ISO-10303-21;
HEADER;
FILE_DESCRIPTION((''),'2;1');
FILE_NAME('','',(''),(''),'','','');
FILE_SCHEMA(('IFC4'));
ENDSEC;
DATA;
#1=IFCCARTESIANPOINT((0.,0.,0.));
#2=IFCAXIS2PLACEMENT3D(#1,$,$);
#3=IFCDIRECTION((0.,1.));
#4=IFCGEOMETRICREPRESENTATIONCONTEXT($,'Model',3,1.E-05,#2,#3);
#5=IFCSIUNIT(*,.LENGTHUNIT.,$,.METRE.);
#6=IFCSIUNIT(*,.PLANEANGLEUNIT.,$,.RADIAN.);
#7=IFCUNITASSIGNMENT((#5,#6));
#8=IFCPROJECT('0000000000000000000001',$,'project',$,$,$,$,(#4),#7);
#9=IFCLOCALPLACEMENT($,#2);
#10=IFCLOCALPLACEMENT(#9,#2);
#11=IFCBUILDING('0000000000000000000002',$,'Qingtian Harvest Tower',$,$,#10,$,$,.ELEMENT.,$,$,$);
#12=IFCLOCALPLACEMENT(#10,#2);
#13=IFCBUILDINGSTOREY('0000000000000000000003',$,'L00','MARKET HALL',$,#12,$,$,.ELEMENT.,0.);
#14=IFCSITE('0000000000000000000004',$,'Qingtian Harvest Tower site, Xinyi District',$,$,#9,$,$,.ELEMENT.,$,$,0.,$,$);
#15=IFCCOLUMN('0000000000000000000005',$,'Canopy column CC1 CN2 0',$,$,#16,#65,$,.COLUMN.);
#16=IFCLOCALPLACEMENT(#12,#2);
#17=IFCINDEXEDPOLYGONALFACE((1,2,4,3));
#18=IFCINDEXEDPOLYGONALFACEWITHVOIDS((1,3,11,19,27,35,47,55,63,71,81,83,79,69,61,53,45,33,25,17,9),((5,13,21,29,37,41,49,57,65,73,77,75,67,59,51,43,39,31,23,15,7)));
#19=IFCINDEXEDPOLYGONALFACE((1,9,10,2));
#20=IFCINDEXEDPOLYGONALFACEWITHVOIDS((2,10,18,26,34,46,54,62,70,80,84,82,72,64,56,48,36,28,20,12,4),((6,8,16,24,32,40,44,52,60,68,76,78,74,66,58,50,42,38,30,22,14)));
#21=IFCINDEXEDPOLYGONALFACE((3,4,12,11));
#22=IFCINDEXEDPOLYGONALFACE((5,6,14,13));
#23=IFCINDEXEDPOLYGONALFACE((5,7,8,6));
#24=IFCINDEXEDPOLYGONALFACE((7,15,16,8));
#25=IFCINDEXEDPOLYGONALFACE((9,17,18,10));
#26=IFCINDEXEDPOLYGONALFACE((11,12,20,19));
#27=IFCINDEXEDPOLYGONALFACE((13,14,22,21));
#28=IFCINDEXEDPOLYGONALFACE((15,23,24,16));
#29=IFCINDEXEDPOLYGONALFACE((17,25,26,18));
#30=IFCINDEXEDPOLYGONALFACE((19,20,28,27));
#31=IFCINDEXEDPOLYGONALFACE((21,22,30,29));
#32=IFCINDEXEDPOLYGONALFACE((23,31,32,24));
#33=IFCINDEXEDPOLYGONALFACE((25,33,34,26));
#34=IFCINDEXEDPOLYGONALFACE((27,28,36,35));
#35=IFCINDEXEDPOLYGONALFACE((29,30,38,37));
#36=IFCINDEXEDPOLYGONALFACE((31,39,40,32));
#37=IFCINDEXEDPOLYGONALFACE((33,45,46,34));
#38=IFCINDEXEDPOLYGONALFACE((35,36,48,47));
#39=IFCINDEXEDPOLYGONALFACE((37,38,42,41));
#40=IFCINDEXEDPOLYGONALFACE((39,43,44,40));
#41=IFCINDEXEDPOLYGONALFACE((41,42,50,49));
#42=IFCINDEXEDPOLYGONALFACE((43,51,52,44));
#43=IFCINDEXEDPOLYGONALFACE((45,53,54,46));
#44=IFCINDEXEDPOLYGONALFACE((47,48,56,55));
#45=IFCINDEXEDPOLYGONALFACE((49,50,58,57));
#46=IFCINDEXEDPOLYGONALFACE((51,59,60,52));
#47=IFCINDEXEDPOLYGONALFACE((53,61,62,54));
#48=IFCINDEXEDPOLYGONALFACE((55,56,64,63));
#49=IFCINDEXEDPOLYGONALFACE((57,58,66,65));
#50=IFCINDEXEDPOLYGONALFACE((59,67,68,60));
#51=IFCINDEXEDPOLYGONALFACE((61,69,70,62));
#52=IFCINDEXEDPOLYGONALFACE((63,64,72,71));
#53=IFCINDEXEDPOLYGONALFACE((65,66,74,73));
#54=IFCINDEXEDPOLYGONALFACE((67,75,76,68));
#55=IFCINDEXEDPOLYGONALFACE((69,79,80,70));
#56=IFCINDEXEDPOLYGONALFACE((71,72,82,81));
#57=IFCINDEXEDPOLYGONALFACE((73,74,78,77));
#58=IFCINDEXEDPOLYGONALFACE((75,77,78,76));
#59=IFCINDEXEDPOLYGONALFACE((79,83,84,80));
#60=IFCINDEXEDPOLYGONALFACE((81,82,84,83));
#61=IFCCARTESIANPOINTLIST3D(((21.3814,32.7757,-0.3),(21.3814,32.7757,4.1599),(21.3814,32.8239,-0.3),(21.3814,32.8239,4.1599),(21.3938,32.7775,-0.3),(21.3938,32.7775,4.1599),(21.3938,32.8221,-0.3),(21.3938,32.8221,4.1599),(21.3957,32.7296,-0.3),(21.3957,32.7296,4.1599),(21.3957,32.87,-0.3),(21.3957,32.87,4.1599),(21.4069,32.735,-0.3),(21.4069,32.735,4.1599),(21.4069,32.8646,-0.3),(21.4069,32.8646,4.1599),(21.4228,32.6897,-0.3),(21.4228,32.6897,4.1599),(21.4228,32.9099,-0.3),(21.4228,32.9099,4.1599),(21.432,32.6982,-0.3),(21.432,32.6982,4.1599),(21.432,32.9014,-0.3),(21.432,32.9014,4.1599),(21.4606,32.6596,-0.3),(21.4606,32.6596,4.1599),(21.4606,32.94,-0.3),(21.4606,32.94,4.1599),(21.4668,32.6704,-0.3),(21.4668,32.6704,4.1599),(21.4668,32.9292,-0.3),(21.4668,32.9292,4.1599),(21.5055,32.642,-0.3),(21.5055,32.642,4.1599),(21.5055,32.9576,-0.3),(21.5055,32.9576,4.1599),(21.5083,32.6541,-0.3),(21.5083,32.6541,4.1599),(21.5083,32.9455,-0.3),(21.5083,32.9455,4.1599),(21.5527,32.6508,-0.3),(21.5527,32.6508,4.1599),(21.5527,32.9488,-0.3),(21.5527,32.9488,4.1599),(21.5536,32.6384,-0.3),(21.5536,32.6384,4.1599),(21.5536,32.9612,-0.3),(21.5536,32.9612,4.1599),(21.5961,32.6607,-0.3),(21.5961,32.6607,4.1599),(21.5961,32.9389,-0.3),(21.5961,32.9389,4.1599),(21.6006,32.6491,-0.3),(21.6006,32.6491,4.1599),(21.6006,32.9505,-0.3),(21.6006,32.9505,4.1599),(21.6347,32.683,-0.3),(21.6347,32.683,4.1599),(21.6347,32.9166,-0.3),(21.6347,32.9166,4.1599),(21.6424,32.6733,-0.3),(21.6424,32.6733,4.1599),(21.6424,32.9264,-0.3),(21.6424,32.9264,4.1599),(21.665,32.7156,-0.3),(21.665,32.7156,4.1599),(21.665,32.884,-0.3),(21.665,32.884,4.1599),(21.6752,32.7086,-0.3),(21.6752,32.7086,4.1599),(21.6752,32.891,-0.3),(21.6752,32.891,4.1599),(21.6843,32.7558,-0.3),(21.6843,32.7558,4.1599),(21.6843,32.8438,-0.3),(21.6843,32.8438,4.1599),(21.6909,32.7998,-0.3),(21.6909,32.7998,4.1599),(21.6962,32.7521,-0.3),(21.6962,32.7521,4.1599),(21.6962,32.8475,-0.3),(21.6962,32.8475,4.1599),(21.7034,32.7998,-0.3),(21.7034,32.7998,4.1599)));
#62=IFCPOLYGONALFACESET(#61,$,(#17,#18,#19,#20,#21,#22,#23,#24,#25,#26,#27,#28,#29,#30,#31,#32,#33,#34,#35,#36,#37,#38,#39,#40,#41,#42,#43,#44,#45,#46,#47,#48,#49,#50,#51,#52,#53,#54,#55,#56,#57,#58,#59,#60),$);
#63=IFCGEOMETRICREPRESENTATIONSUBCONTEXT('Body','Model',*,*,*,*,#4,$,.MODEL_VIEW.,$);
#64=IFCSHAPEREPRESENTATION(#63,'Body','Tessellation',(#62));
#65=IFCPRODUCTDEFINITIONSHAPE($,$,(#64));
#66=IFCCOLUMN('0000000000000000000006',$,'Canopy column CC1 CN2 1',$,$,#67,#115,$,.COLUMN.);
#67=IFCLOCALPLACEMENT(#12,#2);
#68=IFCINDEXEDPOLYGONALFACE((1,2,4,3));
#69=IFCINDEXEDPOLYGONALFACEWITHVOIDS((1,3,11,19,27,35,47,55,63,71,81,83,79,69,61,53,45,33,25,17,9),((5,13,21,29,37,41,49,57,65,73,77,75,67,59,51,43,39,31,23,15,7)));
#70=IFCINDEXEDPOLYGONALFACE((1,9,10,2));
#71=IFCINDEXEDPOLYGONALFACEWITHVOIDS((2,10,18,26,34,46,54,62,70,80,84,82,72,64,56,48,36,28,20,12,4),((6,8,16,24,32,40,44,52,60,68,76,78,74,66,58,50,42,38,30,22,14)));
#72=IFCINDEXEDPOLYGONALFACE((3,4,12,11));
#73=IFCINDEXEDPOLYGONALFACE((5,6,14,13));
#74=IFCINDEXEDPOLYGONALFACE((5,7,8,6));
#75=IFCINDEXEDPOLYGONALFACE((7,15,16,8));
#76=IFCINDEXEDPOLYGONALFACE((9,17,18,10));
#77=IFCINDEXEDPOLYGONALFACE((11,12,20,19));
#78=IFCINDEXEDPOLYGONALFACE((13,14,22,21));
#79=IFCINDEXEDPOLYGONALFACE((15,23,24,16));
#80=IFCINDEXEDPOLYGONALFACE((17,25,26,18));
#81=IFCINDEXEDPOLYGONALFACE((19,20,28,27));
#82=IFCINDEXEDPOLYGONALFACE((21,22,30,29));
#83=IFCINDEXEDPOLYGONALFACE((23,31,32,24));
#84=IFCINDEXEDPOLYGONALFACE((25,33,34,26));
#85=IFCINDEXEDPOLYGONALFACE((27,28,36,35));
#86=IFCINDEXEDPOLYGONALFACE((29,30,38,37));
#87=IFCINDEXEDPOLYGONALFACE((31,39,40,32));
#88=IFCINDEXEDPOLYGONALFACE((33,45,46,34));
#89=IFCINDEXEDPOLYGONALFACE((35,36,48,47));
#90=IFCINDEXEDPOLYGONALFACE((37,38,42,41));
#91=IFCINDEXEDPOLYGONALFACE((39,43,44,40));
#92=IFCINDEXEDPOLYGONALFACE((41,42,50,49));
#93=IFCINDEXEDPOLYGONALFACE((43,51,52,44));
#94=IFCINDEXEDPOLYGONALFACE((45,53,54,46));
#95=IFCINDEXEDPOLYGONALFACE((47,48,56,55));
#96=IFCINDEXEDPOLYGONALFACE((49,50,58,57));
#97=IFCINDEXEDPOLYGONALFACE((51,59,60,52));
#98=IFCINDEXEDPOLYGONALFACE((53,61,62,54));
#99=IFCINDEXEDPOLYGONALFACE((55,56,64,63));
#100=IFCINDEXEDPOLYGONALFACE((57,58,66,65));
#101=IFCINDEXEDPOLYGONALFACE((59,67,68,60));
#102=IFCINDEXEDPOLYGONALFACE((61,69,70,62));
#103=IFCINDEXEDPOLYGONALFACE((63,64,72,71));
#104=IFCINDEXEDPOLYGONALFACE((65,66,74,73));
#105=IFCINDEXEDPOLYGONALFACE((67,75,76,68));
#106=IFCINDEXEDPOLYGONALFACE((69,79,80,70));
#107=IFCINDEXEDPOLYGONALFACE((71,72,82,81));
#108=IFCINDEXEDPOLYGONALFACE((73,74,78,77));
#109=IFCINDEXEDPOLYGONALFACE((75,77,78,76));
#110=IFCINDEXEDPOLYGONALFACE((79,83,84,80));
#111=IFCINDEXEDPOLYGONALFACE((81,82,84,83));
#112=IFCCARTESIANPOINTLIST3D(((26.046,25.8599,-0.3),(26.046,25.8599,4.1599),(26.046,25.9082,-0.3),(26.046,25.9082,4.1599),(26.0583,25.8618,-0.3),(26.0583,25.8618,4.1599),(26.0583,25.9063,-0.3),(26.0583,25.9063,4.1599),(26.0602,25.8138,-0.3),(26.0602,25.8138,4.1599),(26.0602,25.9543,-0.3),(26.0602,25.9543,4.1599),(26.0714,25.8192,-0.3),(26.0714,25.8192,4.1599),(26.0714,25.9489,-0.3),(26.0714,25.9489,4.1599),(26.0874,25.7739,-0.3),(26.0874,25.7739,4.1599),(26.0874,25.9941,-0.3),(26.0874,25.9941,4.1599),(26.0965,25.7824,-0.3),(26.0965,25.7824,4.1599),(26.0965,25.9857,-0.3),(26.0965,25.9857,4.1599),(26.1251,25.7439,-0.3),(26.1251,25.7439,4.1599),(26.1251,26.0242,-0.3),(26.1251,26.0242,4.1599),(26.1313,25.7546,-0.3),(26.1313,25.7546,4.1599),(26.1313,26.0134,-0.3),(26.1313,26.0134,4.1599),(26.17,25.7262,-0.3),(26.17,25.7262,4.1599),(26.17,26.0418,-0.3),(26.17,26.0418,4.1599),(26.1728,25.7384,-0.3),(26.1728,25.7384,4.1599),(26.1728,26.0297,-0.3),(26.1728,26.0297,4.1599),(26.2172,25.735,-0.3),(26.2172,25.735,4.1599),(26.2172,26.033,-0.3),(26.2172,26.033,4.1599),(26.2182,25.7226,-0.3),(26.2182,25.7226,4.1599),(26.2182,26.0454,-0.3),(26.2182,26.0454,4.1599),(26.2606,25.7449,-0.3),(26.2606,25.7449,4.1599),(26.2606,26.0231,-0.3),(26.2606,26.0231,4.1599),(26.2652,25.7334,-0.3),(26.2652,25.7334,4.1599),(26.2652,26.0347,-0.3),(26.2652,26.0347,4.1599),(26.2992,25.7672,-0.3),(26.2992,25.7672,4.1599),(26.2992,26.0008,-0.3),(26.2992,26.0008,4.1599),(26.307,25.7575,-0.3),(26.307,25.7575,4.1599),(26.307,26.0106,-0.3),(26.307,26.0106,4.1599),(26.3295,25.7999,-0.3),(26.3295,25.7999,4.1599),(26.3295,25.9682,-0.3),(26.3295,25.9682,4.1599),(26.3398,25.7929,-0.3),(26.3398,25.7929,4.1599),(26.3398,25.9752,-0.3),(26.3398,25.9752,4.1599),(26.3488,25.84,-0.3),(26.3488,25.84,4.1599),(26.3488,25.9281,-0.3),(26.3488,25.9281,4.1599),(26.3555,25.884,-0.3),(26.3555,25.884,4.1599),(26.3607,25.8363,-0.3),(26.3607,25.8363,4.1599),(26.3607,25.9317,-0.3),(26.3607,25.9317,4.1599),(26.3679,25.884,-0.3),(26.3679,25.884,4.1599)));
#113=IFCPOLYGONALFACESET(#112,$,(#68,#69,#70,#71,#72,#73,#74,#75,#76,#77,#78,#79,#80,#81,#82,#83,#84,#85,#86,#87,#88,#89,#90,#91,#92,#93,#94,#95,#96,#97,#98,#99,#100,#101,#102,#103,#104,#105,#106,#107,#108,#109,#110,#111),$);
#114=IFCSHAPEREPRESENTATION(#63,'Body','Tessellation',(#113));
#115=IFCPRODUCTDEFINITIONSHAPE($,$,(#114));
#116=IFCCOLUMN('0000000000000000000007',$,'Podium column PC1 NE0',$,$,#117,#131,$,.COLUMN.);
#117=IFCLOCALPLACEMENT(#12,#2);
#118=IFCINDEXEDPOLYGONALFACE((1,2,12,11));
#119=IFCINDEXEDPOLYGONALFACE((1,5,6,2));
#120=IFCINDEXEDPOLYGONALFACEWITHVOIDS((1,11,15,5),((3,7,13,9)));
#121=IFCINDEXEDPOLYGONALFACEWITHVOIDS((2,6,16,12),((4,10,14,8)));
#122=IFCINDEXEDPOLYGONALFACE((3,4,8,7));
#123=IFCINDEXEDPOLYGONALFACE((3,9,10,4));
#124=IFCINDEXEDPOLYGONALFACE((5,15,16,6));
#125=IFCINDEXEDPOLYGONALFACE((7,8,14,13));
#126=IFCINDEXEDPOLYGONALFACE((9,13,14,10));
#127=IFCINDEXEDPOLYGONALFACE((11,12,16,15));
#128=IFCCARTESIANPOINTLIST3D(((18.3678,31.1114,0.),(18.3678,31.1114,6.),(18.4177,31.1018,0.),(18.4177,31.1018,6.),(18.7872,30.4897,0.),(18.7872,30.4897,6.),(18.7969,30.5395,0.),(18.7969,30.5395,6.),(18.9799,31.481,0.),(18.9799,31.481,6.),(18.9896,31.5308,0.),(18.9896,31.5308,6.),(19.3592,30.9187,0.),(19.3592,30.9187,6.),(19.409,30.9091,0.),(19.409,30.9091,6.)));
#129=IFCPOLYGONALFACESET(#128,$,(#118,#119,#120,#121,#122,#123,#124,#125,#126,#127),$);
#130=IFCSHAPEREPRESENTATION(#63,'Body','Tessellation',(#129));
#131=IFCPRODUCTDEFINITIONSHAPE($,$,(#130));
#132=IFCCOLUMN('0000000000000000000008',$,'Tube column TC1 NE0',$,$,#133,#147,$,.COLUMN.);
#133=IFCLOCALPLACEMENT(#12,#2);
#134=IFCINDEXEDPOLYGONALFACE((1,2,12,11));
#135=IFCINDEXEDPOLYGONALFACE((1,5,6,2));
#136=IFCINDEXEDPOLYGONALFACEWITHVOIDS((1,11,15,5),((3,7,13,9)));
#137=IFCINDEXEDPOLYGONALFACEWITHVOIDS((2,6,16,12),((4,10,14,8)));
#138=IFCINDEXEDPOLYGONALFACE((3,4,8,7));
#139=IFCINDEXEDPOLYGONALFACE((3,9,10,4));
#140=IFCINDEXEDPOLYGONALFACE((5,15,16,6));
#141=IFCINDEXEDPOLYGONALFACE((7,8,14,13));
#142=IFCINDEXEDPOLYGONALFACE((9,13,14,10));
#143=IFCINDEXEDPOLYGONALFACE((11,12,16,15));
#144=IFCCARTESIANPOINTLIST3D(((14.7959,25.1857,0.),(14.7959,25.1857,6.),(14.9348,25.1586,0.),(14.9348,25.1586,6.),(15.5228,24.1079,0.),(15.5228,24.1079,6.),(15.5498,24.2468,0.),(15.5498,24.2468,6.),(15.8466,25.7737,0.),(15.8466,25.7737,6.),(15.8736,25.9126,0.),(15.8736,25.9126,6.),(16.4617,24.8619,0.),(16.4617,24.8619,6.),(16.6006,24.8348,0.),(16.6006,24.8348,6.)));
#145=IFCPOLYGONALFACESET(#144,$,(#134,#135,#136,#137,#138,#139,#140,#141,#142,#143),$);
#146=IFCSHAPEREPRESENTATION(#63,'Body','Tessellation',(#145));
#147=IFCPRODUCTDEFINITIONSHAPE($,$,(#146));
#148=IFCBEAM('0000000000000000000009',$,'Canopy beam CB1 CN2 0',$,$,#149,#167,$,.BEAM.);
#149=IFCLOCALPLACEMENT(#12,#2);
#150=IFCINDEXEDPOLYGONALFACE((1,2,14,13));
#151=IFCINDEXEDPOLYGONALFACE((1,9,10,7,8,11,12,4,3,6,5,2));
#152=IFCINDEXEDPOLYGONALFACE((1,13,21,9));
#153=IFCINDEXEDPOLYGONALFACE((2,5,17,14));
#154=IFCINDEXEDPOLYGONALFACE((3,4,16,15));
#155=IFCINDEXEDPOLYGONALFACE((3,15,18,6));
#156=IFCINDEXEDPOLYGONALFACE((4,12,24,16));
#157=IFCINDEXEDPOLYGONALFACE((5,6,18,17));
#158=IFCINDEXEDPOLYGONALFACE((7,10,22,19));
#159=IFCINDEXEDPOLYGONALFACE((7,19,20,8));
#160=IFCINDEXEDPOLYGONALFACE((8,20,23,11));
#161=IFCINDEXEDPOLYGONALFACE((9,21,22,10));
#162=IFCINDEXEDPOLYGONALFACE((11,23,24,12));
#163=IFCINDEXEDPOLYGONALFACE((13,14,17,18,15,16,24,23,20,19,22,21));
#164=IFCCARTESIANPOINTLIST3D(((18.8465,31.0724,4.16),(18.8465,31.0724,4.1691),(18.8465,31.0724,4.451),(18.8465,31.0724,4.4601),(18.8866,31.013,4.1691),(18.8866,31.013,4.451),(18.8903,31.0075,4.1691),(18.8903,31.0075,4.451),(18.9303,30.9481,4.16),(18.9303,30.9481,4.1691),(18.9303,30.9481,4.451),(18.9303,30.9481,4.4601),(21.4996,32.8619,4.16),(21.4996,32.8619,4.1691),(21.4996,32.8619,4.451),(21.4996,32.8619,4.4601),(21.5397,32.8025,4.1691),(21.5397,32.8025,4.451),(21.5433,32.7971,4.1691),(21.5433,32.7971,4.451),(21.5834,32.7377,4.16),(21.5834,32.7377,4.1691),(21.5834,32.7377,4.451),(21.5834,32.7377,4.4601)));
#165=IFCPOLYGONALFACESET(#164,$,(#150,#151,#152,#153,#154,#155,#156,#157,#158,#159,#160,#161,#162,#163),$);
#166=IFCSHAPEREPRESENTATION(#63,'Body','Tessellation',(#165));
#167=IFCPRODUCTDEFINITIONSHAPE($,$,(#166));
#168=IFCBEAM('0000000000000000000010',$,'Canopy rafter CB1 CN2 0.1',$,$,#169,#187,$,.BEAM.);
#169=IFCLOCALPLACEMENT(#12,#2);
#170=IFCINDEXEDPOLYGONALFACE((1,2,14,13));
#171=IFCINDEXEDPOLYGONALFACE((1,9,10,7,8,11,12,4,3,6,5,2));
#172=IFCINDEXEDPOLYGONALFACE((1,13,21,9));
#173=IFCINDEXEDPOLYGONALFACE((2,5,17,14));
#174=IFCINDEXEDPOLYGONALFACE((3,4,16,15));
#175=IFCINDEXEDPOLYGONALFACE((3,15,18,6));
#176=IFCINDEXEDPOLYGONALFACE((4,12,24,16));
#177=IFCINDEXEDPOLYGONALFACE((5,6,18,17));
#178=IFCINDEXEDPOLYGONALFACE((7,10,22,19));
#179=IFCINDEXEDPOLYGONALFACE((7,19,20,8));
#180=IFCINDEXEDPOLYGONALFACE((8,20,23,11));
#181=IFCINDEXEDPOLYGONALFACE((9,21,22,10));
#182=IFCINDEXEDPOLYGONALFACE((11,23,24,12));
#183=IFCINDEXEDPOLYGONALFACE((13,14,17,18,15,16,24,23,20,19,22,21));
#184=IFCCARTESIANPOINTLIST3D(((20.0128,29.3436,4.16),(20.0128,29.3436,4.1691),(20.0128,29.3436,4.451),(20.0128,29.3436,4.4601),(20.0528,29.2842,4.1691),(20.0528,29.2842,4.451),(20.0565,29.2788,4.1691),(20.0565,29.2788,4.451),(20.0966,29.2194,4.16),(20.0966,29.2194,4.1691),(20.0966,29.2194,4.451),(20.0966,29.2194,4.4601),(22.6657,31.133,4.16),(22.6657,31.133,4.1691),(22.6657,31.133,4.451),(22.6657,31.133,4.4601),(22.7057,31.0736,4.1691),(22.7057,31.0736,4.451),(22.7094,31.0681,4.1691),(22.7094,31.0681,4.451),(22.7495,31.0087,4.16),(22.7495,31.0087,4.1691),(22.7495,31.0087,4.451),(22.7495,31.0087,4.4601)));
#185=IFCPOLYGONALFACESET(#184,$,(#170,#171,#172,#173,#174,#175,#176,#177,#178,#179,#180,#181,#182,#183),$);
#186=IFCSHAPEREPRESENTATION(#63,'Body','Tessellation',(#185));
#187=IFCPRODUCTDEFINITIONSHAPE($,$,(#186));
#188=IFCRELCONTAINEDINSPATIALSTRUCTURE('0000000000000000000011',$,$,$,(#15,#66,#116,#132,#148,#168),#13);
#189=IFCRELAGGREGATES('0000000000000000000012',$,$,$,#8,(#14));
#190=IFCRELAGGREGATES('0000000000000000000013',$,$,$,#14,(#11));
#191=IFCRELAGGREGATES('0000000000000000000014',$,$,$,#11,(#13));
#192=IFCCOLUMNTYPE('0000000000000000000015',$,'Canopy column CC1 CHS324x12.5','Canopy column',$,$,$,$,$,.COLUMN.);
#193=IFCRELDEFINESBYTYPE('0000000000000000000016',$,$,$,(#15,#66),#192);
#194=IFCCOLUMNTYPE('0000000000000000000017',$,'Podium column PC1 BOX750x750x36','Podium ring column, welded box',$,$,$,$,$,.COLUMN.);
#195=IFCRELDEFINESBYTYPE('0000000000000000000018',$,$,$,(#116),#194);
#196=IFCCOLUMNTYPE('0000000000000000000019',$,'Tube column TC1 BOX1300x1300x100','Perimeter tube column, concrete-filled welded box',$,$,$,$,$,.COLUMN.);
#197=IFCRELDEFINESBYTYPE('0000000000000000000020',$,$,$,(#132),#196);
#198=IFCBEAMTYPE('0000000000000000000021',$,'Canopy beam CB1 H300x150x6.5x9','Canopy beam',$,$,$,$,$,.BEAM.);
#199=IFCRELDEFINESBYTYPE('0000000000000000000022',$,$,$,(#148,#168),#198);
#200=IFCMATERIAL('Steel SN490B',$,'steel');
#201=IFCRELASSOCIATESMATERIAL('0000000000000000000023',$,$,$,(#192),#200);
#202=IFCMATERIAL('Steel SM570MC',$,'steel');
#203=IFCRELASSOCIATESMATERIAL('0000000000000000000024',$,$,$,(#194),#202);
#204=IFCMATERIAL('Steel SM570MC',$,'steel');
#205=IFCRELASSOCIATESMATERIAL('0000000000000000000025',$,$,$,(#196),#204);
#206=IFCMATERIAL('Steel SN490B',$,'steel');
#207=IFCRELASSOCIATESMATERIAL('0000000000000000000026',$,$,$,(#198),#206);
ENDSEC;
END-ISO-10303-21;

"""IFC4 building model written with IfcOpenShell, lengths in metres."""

from ifc_helpers import new_model, si_unit, direction, frame, origin, origin_2d, place, context, subcontext, project, spatial, hollow_rectangle, hollow_circle, i_section, extrude, material, material_profile, profile_set, type_object, element, save


model = new_model("IFC4")

# Units and contexts
model_context = context("Model", 3, precision=1e-05, world=origin(), true_north=direction((0.0, 1.0)))
body_context = subcontext(model_context, "Body", "Model", "MODEL_VIEW")
ifc_project = project(units=[si_unit("LENGTHUNIT", "METRE"), si_unit("PLANEANGLEUNIT", "RADIAN")], contexts=[model_context])

# Site, building, storey
site_placement = place(None, origin())
site = spatial("IfcSite", under=ifc_project, at=site_placement, Name="Qingtian Harvest Tower site, Xinyi District", CompositionType="ELEMENT", RefElevation=0.0)
building_placement = place(site_placement, origin())
building = spatial("IfcBuilding", under=site, at=building_placement, Name="Qingtian Harvest Tower", CompositionType="ELEMENT")
storey_placement = place(building_placement, origin())
storey = spatial("IfcBuildingStorey", under=building, at=storey_placement, Name="L00", Description="MARKET HALL", CompositionType="ELEMENT", Elevation=0.0)

# Columns
ifc_material_1 = material(Name="Steel SN490B", Category="steel")
ifc_material_profile_1 = material_profile(ifc_material_1, hollow_circle(Radius=0.1619, WallThickness=0.0125, at=origin_2d()), Name="CHS324x12.5")
ifc_profile_set_1 = profile_set([ifc_material_profile_1], Name="Steel SN490B")
column_type_1 = type_object("IfcColumnType", Name="Canopy column CC1 CHS324x12.5", Description="Canopy column", PredefinedType="COLUMN", material=ifc_profile_set_1)
for number, where, z_axis, x_axis, name in (
    (1, (21.5415, 32.7998, -0.3), (0.0, 0.0, 1.0), (1.0, 0.0, 0.0), "Canopy column CC1 CN2 0"),
    (2, (26.2061, 25.884, -0.3), (0.0, 0.0, 1.0), (1.0, 0.0, 0.0), "Canopy column CC1 CN2 1"),
):
    element("IfcColumn", number, at=place(storey_placement, frame(where, z_axis=z_axis, x_axis=x_axis)), inside=storey, type_object=column_type_1, Name=name, PredefinedType="COLUMN", context=body_context, shape_type="SweptSolid", body=[
        extrude(hollow_circle(Radius=0.1619, WallThickness=0.0125, at=origin_2d()), origin(), (0.0, 0.0, 1.0), 4.46),
    ])
ifc_material_2 = material(Name="Steel SM570MC", Category="steel")
ifc_material_profile_2 = material_profile(ifc_material_2, hollow_rectangle(XDim=0.75, YDim=0.75, WallThickness=0.0359, at=origin_2d()), Name="BOX750x750x36")
ifc_profile_set_2 = profile_set([ifc_material_profile_2], Name="Steel SM570MC")
column_type_2 = type_object("IfcColumnType", Name="Podium column PC1 BOX750x750x36", Description="Podium ring column, welded box", PredefinedType="COLUMN", material=ifc_profile_set_2)
column_1_placement = place(storey_placement, frame((18.8884, 31.0103, 0.0), z_axis=(0.0, 0.0, 1.0), x_axis=(-0.559193, 0.829038, 0.0)))
element("IfcColumn", 3, at=column_1_placement, inside=storey, type_object=column_type_2, Name="Podium column PC1 NE0", PredefinedType="COLUMN", context=body_context, shape_type="SweptSolid", body=[
    extrude(hollow_rectangle(XDim=0.75, YDim=0.75, WallThickness=0.0359, at=origin_2d()), origin(), (0.0, 0.0, 1.0), 6.0),
])
ifc_material_3 = material(Name="Steel SM570MC", Category="steel")
ifc_material_profile_3 = material_profile(ifc_material_3, hollow_rectangle(XDim=1.3, YDim=1.3, WallThickness=0.1001, at=origin_2d()), Name="BOX1300x1300x100")
ifc_profile_set_3 = profile_set([ifc_material_profile_3], Name="Steel SM570MC")
column_type_3 = type_object("IfcColumnType", Name="Tube column TC1 BOX1300x1300x100", Description="Perimeter tube column, concrete-filled welded box", PredefinedType="COLUMN", material=ifc_profile_set_3)
column_2_placement = place(storey_placement, frame((15.6982, 25.0103, 0.0), z_axis=(0.0, 0.0, 1.0), x_axis=(-0.559193, 0.829038, 0.0)))
element("IfcColumn", 4, at=column_2_placement, inside=storey, type_object=column_type_3, Name="Tube column TC1 NE0", PredefinedType="COLUMN", context=body_context, shape_type="SweptSolid", body=[
    extrude(hollow_rectangle(XDim=1.3, YDim=1.3, WallThickness=0.1001, at=origin_2d()), origin(), (0.0, 0.0, 1.0), 6.0),
])

# Beams
ifc_material_4 = material(Name="Steel SN490B", Category="steel")
ifc_material_profile_4 = material_profile(ifc_material_4, i_section(OverallWidth=0.1499, OverallDepth=0.3, WebThickness=0.0066, FlangeThickness=0.009, at=origin_2d()), Name="H300x150x6.5x9")
ifc_profile_set_4 = profile_set([ifc_material_profile_4], Name="Steel SN490B")
beam_type_1 = type_object("IfcBeamType", Name="Canopy beam CB1 H300x150x6.5x9", Description="Canopy beam", PredefinedType="BEAM", material=ifc_profile_set_4)
beam_1_placement = place(storey_placement, frame((18.8884, 31.0103, 4.3101), z_axis=(0.829033, 0.559199, 0.0), x_axis=(-0.559199, 0.829033, 0.0)))
element("IfcBeam", 5, at=beam_1_placement, inside=storey, type_object=beam_type_1, Name="Canopy beam CB1 CN2 0", PredefinedType="BEAM", context=body_context, shape_type="SweptSolid", body=[
    extrude(i_section(OverallWidth=0.1499, OverallDepth=0.3, WebThickness=0.0066, FlangeThickness=0.009, at=origin_2d()), origin(), (0.0, 0.0, 1.0), 3.2002),
])
for number, where, z_axis, x_axis, name in (
    (6, (20.0547, 29.2815, 4.3101), (0.829045, 0.559182, 0.0), (-0.559182, 0.829045, 0.0), "Canopy rafter CB1 CN2 0.1"),
):
    element("IfcBeam", number, at=place(storey_placement, frame(where, z_axis=z_axis, x_axis=x_axis)), inside=storey, type_object=beam_type_1, Name=name, PredefinedType="BEAM", context=body_context, shape_type="SweptSolid", body=[
        extrude(i_section(OverallWidth=0.1499, OverallDepth=0.3, WebThickness=0.0066, FlangeThickness=0.009, at=origin_2d()), origin(), (0.0, 0.0, 1.0), 3.2),
    ])

save(model, "model.ifc")
